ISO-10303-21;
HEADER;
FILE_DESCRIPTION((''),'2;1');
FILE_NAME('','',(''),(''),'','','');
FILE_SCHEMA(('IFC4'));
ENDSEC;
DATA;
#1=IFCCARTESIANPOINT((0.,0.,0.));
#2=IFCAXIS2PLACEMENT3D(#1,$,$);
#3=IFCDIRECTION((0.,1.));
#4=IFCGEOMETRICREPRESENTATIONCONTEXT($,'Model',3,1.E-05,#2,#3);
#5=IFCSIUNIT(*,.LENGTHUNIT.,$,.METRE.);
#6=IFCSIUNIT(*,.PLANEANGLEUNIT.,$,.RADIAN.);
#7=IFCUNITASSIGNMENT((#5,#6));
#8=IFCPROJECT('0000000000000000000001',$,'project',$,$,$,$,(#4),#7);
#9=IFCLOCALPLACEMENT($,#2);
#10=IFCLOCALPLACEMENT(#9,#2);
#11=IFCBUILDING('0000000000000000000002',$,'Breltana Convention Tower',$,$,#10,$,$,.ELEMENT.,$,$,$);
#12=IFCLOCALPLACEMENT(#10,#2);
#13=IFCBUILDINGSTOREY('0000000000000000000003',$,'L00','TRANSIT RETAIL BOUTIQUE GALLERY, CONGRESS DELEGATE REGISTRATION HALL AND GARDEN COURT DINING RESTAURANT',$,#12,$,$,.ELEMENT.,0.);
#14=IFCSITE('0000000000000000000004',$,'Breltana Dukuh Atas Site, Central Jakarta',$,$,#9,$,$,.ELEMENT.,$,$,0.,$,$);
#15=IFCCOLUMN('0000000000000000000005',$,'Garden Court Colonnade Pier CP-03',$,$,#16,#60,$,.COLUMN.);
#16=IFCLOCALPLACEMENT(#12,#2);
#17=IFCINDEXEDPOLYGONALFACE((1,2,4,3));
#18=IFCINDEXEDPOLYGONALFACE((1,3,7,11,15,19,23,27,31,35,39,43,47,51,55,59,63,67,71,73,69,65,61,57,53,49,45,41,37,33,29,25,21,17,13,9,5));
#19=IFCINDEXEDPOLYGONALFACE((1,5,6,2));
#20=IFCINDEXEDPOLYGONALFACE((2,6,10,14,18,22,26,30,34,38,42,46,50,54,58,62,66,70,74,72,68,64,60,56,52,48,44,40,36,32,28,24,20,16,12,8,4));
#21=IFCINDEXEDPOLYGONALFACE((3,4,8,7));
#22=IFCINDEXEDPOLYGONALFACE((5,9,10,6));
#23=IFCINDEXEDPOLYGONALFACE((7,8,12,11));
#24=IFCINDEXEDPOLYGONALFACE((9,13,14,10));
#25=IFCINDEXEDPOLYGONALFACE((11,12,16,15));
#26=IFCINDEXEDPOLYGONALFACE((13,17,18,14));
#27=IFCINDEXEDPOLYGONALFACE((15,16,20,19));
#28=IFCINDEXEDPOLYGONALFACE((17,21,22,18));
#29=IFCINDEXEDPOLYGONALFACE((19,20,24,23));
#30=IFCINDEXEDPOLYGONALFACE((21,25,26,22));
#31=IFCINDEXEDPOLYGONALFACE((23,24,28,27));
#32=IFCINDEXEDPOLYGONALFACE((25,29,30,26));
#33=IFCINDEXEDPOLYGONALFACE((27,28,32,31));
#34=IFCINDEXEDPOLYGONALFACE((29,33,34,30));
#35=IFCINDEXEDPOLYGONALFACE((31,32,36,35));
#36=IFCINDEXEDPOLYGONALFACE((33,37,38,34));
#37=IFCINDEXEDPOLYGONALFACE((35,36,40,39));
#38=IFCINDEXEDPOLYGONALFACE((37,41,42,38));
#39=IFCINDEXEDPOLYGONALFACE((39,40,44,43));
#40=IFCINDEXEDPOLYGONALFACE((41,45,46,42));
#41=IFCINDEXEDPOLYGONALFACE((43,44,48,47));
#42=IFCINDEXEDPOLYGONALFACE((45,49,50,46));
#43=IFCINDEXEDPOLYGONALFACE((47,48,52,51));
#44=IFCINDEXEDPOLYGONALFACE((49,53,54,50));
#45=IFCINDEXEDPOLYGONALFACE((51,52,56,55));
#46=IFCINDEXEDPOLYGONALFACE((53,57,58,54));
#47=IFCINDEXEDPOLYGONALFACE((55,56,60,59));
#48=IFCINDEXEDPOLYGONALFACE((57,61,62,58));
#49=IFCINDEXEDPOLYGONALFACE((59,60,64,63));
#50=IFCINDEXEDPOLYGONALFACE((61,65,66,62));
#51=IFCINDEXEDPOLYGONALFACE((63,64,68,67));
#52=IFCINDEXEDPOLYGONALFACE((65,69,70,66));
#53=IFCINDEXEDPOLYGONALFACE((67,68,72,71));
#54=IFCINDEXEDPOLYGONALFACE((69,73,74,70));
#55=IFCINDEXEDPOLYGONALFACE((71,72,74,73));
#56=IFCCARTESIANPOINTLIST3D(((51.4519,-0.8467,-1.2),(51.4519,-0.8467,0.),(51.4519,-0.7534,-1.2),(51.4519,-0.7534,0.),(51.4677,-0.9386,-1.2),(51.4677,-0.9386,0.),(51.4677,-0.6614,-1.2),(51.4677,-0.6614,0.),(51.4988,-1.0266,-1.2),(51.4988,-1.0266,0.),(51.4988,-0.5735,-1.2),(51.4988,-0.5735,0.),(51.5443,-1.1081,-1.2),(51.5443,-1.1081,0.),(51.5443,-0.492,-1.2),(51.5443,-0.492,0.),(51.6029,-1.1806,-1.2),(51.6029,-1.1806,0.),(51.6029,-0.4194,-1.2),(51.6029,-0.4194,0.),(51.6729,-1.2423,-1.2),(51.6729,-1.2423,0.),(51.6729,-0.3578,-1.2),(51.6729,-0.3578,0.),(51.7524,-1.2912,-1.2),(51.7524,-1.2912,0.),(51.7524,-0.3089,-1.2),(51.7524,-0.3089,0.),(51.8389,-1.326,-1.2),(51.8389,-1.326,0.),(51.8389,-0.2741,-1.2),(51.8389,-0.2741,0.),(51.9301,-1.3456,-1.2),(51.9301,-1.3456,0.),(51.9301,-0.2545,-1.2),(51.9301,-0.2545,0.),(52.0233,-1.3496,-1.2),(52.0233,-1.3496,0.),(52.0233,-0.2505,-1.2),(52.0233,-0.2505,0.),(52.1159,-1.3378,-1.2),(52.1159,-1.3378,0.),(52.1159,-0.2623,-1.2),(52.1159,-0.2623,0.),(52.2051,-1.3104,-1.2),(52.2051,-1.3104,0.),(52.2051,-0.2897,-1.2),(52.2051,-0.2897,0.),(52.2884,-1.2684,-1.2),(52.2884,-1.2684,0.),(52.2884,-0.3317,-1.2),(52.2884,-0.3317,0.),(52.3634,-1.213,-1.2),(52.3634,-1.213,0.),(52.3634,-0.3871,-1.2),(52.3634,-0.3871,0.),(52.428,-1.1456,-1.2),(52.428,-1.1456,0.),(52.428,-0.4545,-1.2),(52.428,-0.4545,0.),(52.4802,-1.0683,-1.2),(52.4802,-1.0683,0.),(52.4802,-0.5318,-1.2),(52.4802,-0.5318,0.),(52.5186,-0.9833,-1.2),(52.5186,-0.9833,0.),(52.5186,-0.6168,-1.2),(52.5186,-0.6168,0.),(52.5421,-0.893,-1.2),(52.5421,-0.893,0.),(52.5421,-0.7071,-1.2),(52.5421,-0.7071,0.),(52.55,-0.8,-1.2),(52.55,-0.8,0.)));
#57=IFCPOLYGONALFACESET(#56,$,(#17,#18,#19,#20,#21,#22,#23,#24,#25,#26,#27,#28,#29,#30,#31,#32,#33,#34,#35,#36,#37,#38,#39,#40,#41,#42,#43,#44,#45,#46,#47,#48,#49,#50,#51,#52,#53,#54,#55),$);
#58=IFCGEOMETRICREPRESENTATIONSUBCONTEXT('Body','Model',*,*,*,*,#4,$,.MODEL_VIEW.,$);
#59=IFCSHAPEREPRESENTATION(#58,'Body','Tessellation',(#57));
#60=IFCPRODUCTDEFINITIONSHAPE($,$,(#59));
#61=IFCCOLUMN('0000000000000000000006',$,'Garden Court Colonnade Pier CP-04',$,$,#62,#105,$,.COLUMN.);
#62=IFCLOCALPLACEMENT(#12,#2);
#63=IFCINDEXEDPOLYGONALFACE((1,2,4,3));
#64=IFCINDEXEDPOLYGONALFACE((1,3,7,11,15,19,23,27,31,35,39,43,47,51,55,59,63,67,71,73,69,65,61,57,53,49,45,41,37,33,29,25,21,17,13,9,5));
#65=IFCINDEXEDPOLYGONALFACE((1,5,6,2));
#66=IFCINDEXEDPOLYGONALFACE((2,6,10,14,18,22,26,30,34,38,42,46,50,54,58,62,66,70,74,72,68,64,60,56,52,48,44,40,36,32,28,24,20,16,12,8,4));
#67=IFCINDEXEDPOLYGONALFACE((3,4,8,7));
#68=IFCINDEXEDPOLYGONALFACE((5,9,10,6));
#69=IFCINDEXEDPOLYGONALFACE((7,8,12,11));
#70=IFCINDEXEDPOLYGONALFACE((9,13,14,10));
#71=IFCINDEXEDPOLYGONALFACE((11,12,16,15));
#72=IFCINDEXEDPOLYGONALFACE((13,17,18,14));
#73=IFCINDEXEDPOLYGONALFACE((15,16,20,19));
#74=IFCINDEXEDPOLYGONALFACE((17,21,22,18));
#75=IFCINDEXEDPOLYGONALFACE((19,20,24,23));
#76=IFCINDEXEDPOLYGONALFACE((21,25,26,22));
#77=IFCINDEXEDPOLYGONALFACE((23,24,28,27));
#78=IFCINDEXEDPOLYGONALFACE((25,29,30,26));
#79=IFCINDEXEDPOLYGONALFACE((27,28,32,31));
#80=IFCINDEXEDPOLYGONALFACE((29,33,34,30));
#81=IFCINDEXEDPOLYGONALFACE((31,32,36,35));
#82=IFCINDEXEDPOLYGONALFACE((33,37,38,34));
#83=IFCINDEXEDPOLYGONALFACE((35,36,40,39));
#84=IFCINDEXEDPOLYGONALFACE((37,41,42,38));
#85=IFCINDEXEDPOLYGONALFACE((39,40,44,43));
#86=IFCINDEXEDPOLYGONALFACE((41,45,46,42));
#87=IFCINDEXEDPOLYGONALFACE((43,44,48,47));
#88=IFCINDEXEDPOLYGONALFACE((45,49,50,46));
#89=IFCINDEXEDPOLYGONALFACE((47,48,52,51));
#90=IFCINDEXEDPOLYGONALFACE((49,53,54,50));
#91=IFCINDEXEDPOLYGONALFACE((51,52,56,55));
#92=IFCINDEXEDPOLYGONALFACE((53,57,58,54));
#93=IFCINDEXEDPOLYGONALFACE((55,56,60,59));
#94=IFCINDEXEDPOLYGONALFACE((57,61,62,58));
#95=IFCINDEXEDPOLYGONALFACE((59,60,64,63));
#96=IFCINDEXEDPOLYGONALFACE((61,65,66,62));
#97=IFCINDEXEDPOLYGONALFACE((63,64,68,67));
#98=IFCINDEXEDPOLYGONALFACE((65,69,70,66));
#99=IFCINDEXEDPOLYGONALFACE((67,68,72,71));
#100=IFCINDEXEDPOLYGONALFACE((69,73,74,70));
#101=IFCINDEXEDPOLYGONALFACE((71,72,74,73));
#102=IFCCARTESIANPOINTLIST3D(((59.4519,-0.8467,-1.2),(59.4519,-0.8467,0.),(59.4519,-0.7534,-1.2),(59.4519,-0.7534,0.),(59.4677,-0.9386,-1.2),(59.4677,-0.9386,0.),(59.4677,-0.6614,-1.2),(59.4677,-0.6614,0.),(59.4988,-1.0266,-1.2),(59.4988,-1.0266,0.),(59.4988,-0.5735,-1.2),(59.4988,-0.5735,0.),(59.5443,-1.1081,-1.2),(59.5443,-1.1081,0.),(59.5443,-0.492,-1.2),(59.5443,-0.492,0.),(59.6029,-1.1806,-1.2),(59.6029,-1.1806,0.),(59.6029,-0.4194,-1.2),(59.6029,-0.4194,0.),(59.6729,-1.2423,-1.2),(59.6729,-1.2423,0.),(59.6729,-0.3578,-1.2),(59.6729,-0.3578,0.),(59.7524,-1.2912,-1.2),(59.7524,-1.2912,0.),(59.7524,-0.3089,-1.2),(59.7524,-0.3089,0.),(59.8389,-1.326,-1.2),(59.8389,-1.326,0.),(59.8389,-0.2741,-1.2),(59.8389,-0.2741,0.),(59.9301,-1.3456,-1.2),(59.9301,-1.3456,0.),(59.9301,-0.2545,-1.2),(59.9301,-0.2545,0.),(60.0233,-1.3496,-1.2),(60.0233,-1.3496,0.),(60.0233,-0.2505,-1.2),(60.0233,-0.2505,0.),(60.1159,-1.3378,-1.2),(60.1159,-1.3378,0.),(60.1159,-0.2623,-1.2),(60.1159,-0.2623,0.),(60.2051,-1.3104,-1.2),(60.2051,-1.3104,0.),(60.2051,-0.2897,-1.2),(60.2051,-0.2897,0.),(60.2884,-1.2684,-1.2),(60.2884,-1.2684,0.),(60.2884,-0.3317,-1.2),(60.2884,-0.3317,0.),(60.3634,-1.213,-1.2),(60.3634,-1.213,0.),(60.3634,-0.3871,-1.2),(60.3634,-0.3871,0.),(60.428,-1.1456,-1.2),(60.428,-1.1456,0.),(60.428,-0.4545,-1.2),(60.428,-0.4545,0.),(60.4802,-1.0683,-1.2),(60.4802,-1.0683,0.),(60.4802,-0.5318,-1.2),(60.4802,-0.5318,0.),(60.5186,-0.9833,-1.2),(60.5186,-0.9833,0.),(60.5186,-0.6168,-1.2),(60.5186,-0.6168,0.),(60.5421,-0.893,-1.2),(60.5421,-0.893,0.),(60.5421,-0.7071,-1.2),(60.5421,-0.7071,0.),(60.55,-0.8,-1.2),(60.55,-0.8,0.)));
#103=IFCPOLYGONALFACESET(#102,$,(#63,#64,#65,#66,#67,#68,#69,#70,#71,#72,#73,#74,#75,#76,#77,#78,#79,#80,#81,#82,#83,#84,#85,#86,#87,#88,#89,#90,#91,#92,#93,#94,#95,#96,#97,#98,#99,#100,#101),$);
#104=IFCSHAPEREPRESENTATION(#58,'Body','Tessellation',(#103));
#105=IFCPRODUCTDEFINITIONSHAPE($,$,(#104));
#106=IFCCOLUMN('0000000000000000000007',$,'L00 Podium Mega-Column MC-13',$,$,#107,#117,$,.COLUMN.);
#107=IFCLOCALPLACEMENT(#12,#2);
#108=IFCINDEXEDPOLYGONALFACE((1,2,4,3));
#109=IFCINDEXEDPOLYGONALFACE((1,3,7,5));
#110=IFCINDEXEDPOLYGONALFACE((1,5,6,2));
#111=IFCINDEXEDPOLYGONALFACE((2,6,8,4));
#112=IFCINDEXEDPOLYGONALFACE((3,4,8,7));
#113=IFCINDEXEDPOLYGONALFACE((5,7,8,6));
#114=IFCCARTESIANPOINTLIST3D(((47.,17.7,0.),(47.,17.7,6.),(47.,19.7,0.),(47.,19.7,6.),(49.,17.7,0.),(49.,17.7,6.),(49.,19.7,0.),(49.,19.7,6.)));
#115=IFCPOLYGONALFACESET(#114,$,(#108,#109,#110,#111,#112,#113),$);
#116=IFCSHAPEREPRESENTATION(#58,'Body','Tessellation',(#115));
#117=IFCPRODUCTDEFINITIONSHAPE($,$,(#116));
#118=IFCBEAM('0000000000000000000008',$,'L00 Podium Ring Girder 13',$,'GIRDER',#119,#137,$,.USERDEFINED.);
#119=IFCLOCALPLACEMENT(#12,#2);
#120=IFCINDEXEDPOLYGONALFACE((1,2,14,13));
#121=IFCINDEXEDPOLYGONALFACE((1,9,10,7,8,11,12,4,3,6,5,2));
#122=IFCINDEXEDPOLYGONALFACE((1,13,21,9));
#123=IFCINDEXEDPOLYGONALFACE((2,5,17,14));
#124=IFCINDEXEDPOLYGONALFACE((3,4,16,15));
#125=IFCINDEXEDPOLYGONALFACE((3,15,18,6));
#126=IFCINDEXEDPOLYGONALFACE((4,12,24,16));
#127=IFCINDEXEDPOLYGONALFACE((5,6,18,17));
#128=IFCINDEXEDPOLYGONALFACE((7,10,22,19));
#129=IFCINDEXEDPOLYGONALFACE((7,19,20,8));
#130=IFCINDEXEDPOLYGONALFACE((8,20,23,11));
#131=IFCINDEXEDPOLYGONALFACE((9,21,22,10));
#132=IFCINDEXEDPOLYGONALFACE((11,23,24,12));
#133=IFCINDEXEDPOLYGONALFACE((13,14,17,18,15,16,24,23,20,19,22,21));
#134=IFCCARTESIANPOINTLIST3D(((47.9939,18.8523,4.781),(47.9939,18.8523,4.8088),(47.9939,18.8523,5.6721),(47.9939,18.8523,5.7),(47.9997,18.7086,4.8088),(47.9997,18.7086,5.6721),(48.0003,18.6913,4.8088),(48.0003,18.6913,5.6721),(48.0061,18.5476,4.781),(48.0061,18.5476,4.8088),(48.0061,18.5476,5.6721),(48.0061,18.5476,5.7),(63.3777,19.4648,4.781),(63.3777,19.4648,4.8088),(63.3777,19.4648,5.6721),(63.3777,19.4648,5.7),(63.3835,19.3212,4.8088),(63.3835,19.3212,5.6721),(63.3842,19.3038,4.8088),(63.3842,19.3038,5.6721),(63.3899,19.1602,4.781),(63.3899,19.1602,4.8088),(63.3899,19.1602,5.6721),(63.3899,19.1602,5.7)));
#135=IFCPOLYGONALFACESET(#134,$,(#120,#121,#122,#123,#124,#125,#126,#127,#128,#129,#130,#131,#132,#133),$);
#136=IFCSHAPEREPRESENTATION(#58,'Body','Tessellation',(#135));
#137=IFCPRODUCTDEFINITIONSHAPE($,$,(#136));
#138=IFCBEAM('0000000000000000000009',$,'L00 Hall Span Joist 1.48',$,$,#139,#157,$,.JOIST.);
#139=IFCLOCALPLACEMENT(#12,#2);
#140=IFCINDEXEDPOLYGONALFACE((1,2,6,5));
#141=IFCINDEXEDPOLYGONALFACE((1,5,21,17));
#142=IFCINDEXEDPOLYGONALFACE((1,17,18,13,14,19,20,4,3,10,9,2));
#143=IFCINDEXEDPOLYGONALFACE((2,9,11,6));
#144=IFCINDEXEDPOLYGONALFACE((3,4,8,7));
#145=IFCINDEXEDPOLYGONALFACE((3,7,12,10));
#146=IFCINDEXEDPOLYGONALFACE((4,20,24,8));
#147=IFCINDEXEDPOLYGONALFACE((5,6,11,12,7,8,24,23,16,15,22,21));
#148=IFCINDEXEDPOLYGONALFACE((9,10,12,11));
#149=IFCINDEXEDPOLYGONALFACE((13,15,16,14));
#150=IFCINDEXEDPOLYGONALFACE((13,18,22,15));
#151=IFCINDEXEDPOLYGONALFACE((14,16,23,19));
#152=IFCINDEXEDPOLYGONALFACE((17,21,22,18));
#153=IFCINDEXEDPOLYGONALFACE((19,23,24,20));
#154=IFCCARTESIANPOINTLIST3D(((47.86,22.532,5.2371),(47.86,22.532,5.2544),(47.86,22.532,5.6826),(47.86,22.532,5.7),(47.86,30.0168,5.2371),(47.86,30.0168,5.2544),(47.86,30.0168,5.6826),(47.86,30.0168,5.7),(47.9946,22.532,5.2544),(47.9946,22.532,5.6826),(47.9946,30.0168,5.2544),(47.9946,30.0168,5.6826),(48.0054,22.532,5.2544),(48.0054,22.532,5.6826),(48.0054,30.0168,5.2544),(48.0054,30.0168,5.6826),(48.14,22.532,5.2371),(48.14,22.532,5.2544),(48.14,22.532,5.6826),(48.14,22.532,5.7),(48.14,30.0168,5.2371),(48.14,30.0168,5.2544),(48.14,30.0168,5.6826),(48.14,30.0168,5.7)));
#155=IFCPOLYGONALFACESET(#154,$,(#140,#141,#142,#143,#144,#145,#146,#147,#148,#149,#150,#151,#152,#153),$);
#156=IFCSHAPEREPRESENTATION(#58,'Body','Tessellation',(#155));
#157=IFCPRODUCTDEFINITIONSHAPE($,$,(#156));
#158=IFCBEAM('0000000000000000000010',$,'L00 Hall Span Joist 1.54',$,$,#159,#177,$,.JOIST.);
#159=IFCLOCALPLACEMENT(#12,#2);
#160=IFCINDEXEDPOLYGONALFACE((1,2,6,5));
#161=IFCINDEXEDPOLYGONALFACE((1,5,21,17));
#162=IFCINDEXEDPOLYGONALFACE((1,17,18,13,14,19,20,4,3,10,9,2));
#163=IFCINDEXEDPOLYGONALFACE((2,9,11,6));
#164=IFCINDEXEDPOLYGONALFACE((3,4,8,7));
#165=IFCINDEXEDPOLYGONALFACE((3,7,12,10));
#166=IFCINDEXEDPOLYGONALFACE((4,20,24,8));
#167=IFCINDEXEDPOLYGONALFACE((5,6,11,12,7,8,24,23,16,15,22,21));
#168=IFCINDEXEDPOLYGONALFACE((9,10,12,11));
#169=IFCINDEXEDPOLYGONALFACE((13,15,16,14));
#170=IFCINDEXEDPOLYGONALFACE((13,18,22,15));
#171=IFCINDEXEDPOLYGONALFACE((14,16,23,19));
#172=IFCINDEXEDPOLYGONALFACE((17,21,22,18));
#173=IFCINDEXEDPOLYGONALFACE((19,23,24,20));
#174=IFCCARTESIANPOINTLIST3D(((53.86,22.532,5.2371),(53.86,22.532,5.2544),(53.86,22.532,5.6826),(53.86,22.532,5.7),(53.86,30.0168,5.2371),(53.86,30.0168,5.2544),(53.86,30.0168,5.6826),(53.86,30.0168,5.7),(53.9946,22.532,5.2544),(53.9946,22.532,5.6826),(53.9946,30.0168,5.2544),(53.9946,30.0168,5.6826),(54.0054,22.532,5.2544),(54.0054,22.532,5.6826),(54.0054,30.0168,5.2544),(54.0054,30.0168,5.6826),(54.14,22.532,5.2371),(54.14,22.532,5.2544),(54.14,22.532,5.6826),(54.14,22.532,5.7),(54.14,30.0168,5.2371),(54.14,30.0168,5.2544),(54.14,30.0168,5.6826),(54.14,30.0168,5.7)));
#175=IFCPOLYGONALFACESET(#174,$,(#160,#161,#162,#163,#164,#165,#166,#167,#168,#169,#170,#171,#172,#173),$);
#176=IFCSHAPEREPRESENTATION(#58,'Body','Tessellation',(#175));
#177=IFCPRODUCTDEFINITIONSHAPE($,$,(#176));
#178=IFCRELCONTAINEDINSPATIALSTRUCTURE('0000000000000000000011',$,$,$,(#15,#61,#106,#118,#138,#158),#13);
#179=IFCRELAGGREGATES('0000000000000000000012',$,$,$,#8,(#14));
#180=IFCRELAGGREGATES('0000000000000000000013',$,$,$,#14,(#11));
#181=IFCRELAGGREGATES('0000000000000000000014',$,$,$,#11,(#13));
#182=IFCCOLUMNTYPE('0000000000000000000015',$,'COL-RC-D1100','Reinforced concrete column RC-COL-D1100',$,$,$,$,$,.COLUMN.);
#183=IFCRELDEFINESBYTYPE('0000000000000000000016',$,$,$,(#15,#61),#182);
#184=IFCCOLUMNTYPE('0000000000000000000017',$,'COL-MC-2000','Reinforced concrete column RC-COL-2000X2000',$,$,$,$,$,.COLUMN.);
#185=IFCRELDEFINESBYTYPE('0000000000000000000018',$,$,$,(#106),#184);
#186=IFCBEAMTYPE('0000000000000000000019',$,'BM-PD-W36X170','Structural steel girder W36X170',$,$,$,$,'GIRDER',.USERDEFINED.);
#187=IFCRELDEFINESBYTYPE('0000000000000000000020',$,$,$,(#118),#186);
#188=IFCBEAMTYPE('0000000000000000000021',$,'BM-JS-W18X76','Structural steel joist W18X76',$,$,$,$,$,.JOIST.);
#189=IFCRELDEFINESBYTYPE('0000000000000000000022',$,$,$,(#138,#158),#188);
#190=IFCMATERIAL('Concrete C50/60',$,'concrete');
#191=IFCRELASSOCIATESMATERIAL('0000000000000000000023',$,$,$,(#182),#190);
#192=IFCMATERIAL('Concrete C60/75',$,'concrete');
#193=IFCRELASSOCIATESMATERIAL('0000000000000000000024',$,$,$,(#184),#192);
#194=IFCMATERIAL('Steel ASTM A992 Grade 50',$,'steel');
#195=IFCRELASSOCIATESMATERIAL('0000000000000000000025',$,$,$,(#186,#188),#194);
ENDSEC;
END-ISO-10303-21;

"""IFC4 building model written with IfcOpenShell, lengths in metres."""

from ifc_helpers import new_model, si_unit, direction, frame, origin, origin_2d, place, context, subcontext, project, spatial, rectangle, circle, i_section, extrude, source, transform, mapped, material, material_profile, profile_set, type_object, type_shapes, element, save


model = new_model("IFC4")

# Units and contexts
model_context = context("Model", 3, precision=1e-05, world=origin(), true_north=direction((0.0, 1.0)))
body_context = subcontext(model_context, "Body", "Model", "MODEL_VIEW")
ifc_project = project(units=[si_unit("LENGTHUNIT", "METRE"), si_unit("PLANEANGLEUNIT", "RADIAN")], contexts=[model_context])

# Site, building, storey
site_placement = place(None, origin())
site = spatial("IfcSite", under=ifc_project, at=site_placement, Name="Breltana Dukuh Atas Site, Central Jakarta", CompositionType="ELEMENT", RefElevation=0.0)
building_placement = place(site_placement, origin())
building = spatial("IfcBuilding", under=site, at=building_placement, Name="Breltana Convention Tower", CompositionType="ELEMENT")
storey_placement = place(building_placement, origin())
storey = spatial("IfcBuildingStorey", under=building, at=storey_placement, Name="L00", Description="TRANSIT RETAIL BOUTIQUE GALLERY, CONGRESS DELEGATE REGISTRATION HALL AND GARDEN COURT DINING RESTAURANT", CompositionType="ELEMENT", Elevation=0.0)

# Columns
ifc_material_1 = material(Name="Concrete C50/60", Category="concrete")
ifc_material_profile_1 = material_profile(ifc_material_1, circle(Radius=0.55, at=origin_2d()), Name="RC-COL-D1100")
ifc_profile_set_1 = profile_set([ifc_material_profile_1], Name="Concrete C50/60")
column_type_1 = type_object("IfcColumnType", Name="COL-RC-D1100", Description="Reinforced concrete column RC-COL-D1100", PredefinedType="COLUMN", material=ifc_profile_set_1)
shared_shape_1 = source(origin(), body_context, "Body", "SweptSolid", [
    extrude(circle(Radius=0.55, at=origin_2d()), origin(), (0.0, 0.0, 1.0), 1.2),
])
type_shapes(column_type_1, [shared_shape_1])
for number, where, z_axis, x_axis, name in (
    (1, (52.0, -0.8, -1.2), (0.0, 0.0, 1.0), (1.0, 0.0, 0.0), "Garden Court Colonnade Pier CP-03"),
    (2, (60.0, -0.8, -1.2), (0.0, 0.0, 1.0), (1.0, 0.0, 0.0), "Garden Court Colonnade Pier CP-04"),
):
    element("IfcColumn", number, at=place(storey_placement, frame(where, z_axis=z_axis, x_axis=x_axis)), inside=storey, type_object=column_type_1, Name=name, PredefinedType="COLUMN", context=body_context, shape_type="MappedRepresentation", body=[
        mapped(shared_shape_1, transform((0.0, 0.0, 0.0), scale=1.0)),
    ])
ifc_material_2 = material(Name="Concrete C60/75", Category="concrete")
ifc_material_profile_2 = material_profile(ifc_material_2, rectangle(XDim=2.0, YDim=2.0, at=origin_2d()), Name="RC-COL-2000X2000")
ifc_profile_set_2 = profile_set([ifc_material_profile_2], Name="Concrete C60/75")
column_type_2 = type_object("IfcColumnType", Name="COL-MC-2000", Description="Reinforced concrete column RC-COL-2000X2000", PredefinedType="COLUMN", material=ifc_profile_set_2)
shared_shape_2 = source(origin(), body_context, "Body", "SweptSolid", [
    extrude(rectangle(XDim=2.0, YDim=2.0, at=origin_2d()), origin(), (0.0, 0.0, 1.0), 6.0),
])
column_placement = place(storey_placement, frame((48.0, 18.7, 0.0), z_axis=(0.0, 0.0, 1.0), x_axis=(0.0, -1.0, 0.0)))
element("IfcColumn", 3, at=column_placement, inside=storey, type_object=column_type_2, Name="L00 Podium Mega-Column MC-13", PredefinedType="COLUMN", context=body_context, shape_type="MappedRepresentation", body=[
    mapped(shared_shape_2, transform((0.0, 0.0, 0.0), scale=1.0)),
])

# Beams
ifc_material_3 = material(Name="Steel ASTM A992 Grade 50", Category="steel")
ifc_material_profile_3 = material_profile(ifc_material_3, i_section(OverallWidth=0.3049, OverallDepth=0.9189, WebThickness=0.0173, FlangeThickness=0.0278, at=origin_2d()), Name="W36X170")
ifc_profile_set_3 = profile_set([ifc_material_profile_3], Name="Steel ASTM A992 Grade 50")
beam_type_1 = type_object("IfcBeamType", Name="BM-PD-W36X170", Description="Structural steel girder W36X170", ElementType="GIRDER", PredefinedType="USERDEFINED", material=ifc_profile_set_3)
shared_shape_3 = source(origin(), body_context, "Body", "SweptSolid", [
    extrude(i_section(OverallWidth=0.3049, OverallDepth=0.9189, WebThickness=0.0173, FlangeThickness=0.0278, at=origin_2d()), origin(), (0.0, 0.0, 1.0), 15.396),
])
beam_placement = place(storey_placement, frame((48.0, 18.7, 5.2405), z_axis=(0.999208, 0.039786, 0.0), x_axis=(-0.039786, 0.999208, 0.0)))
element("IfcBeam", 4, at=beam_placement, inside=storey, type_object=beam_type_1, Name="L00 Podium Ring Girder 13", ObjectType="GIRDER", PredefinedType="USERDEFINED", context=body_context, shape_type="MappedRepresentation", body=[
    mapped(shared_shape_3, transform((0.0, 0.0, 0.0), scale=1.0)),
])
ifc_material_profile_4 = material_profile(ifc_material_3, i_section(OverallWidth=0.28, OverallDepth=0.4629, WebThickness=0.0107, FlangeThickness=0.0173, at=origin_2d()), Name="W18X76")
ifc_profile_set_4 = profile_set([ifc_material_profile_4], Name="Steel ASTM A992 Grade 50")
beam_type_2 = type_object("IfcBeamType", Name="BM-JS-W18X76", Description="Structural steel joist W18X76", PredefinedType="JOIST", material=ifc_profile_set_4)
shared_shape_4 = source(origin(), body_context, "Body", "SweptSolid", [
    extrude(i_section(OverallWidth=0.28, OverallDepth=0.4629, WebThickness=0.0107, FlangeThickness=0.0173, at=origin_2d()), origin(), (0.0, 0.0, 1.0), 7.4849),
])
type_shapes(beam_type_2, [shared_shape_4])
for number, where, z_axis, x_axis, name in (
    (5, (48.0, 22.532, 5.4685), (0.0, 1.0, 0.0), (-1.0, 0.0, 0.0), "L00 Hall Span Joist 1.48"),
    (6, (54.0, 22.532, 5.4685), (0.0, 1.0, 0.0), (-1.0, 0.0, 0.0), "L00 Hall Span Joist 1.54"),
):
    element("IfcBeam", number, at=place(storey_placement, frame(where, z_axis=z_axis, x_axis=x_axis)), inside=storey, type_object=beam_type_2, Name=name, PredefinedType="JOIST", context=body_context, shape_type="MappedRepresentation", body=[
        mapped(shared_shape_4, transform((0.0, 0.0, 0.0), scale=1.0)),
    ])

save(model, "model.ifc")
